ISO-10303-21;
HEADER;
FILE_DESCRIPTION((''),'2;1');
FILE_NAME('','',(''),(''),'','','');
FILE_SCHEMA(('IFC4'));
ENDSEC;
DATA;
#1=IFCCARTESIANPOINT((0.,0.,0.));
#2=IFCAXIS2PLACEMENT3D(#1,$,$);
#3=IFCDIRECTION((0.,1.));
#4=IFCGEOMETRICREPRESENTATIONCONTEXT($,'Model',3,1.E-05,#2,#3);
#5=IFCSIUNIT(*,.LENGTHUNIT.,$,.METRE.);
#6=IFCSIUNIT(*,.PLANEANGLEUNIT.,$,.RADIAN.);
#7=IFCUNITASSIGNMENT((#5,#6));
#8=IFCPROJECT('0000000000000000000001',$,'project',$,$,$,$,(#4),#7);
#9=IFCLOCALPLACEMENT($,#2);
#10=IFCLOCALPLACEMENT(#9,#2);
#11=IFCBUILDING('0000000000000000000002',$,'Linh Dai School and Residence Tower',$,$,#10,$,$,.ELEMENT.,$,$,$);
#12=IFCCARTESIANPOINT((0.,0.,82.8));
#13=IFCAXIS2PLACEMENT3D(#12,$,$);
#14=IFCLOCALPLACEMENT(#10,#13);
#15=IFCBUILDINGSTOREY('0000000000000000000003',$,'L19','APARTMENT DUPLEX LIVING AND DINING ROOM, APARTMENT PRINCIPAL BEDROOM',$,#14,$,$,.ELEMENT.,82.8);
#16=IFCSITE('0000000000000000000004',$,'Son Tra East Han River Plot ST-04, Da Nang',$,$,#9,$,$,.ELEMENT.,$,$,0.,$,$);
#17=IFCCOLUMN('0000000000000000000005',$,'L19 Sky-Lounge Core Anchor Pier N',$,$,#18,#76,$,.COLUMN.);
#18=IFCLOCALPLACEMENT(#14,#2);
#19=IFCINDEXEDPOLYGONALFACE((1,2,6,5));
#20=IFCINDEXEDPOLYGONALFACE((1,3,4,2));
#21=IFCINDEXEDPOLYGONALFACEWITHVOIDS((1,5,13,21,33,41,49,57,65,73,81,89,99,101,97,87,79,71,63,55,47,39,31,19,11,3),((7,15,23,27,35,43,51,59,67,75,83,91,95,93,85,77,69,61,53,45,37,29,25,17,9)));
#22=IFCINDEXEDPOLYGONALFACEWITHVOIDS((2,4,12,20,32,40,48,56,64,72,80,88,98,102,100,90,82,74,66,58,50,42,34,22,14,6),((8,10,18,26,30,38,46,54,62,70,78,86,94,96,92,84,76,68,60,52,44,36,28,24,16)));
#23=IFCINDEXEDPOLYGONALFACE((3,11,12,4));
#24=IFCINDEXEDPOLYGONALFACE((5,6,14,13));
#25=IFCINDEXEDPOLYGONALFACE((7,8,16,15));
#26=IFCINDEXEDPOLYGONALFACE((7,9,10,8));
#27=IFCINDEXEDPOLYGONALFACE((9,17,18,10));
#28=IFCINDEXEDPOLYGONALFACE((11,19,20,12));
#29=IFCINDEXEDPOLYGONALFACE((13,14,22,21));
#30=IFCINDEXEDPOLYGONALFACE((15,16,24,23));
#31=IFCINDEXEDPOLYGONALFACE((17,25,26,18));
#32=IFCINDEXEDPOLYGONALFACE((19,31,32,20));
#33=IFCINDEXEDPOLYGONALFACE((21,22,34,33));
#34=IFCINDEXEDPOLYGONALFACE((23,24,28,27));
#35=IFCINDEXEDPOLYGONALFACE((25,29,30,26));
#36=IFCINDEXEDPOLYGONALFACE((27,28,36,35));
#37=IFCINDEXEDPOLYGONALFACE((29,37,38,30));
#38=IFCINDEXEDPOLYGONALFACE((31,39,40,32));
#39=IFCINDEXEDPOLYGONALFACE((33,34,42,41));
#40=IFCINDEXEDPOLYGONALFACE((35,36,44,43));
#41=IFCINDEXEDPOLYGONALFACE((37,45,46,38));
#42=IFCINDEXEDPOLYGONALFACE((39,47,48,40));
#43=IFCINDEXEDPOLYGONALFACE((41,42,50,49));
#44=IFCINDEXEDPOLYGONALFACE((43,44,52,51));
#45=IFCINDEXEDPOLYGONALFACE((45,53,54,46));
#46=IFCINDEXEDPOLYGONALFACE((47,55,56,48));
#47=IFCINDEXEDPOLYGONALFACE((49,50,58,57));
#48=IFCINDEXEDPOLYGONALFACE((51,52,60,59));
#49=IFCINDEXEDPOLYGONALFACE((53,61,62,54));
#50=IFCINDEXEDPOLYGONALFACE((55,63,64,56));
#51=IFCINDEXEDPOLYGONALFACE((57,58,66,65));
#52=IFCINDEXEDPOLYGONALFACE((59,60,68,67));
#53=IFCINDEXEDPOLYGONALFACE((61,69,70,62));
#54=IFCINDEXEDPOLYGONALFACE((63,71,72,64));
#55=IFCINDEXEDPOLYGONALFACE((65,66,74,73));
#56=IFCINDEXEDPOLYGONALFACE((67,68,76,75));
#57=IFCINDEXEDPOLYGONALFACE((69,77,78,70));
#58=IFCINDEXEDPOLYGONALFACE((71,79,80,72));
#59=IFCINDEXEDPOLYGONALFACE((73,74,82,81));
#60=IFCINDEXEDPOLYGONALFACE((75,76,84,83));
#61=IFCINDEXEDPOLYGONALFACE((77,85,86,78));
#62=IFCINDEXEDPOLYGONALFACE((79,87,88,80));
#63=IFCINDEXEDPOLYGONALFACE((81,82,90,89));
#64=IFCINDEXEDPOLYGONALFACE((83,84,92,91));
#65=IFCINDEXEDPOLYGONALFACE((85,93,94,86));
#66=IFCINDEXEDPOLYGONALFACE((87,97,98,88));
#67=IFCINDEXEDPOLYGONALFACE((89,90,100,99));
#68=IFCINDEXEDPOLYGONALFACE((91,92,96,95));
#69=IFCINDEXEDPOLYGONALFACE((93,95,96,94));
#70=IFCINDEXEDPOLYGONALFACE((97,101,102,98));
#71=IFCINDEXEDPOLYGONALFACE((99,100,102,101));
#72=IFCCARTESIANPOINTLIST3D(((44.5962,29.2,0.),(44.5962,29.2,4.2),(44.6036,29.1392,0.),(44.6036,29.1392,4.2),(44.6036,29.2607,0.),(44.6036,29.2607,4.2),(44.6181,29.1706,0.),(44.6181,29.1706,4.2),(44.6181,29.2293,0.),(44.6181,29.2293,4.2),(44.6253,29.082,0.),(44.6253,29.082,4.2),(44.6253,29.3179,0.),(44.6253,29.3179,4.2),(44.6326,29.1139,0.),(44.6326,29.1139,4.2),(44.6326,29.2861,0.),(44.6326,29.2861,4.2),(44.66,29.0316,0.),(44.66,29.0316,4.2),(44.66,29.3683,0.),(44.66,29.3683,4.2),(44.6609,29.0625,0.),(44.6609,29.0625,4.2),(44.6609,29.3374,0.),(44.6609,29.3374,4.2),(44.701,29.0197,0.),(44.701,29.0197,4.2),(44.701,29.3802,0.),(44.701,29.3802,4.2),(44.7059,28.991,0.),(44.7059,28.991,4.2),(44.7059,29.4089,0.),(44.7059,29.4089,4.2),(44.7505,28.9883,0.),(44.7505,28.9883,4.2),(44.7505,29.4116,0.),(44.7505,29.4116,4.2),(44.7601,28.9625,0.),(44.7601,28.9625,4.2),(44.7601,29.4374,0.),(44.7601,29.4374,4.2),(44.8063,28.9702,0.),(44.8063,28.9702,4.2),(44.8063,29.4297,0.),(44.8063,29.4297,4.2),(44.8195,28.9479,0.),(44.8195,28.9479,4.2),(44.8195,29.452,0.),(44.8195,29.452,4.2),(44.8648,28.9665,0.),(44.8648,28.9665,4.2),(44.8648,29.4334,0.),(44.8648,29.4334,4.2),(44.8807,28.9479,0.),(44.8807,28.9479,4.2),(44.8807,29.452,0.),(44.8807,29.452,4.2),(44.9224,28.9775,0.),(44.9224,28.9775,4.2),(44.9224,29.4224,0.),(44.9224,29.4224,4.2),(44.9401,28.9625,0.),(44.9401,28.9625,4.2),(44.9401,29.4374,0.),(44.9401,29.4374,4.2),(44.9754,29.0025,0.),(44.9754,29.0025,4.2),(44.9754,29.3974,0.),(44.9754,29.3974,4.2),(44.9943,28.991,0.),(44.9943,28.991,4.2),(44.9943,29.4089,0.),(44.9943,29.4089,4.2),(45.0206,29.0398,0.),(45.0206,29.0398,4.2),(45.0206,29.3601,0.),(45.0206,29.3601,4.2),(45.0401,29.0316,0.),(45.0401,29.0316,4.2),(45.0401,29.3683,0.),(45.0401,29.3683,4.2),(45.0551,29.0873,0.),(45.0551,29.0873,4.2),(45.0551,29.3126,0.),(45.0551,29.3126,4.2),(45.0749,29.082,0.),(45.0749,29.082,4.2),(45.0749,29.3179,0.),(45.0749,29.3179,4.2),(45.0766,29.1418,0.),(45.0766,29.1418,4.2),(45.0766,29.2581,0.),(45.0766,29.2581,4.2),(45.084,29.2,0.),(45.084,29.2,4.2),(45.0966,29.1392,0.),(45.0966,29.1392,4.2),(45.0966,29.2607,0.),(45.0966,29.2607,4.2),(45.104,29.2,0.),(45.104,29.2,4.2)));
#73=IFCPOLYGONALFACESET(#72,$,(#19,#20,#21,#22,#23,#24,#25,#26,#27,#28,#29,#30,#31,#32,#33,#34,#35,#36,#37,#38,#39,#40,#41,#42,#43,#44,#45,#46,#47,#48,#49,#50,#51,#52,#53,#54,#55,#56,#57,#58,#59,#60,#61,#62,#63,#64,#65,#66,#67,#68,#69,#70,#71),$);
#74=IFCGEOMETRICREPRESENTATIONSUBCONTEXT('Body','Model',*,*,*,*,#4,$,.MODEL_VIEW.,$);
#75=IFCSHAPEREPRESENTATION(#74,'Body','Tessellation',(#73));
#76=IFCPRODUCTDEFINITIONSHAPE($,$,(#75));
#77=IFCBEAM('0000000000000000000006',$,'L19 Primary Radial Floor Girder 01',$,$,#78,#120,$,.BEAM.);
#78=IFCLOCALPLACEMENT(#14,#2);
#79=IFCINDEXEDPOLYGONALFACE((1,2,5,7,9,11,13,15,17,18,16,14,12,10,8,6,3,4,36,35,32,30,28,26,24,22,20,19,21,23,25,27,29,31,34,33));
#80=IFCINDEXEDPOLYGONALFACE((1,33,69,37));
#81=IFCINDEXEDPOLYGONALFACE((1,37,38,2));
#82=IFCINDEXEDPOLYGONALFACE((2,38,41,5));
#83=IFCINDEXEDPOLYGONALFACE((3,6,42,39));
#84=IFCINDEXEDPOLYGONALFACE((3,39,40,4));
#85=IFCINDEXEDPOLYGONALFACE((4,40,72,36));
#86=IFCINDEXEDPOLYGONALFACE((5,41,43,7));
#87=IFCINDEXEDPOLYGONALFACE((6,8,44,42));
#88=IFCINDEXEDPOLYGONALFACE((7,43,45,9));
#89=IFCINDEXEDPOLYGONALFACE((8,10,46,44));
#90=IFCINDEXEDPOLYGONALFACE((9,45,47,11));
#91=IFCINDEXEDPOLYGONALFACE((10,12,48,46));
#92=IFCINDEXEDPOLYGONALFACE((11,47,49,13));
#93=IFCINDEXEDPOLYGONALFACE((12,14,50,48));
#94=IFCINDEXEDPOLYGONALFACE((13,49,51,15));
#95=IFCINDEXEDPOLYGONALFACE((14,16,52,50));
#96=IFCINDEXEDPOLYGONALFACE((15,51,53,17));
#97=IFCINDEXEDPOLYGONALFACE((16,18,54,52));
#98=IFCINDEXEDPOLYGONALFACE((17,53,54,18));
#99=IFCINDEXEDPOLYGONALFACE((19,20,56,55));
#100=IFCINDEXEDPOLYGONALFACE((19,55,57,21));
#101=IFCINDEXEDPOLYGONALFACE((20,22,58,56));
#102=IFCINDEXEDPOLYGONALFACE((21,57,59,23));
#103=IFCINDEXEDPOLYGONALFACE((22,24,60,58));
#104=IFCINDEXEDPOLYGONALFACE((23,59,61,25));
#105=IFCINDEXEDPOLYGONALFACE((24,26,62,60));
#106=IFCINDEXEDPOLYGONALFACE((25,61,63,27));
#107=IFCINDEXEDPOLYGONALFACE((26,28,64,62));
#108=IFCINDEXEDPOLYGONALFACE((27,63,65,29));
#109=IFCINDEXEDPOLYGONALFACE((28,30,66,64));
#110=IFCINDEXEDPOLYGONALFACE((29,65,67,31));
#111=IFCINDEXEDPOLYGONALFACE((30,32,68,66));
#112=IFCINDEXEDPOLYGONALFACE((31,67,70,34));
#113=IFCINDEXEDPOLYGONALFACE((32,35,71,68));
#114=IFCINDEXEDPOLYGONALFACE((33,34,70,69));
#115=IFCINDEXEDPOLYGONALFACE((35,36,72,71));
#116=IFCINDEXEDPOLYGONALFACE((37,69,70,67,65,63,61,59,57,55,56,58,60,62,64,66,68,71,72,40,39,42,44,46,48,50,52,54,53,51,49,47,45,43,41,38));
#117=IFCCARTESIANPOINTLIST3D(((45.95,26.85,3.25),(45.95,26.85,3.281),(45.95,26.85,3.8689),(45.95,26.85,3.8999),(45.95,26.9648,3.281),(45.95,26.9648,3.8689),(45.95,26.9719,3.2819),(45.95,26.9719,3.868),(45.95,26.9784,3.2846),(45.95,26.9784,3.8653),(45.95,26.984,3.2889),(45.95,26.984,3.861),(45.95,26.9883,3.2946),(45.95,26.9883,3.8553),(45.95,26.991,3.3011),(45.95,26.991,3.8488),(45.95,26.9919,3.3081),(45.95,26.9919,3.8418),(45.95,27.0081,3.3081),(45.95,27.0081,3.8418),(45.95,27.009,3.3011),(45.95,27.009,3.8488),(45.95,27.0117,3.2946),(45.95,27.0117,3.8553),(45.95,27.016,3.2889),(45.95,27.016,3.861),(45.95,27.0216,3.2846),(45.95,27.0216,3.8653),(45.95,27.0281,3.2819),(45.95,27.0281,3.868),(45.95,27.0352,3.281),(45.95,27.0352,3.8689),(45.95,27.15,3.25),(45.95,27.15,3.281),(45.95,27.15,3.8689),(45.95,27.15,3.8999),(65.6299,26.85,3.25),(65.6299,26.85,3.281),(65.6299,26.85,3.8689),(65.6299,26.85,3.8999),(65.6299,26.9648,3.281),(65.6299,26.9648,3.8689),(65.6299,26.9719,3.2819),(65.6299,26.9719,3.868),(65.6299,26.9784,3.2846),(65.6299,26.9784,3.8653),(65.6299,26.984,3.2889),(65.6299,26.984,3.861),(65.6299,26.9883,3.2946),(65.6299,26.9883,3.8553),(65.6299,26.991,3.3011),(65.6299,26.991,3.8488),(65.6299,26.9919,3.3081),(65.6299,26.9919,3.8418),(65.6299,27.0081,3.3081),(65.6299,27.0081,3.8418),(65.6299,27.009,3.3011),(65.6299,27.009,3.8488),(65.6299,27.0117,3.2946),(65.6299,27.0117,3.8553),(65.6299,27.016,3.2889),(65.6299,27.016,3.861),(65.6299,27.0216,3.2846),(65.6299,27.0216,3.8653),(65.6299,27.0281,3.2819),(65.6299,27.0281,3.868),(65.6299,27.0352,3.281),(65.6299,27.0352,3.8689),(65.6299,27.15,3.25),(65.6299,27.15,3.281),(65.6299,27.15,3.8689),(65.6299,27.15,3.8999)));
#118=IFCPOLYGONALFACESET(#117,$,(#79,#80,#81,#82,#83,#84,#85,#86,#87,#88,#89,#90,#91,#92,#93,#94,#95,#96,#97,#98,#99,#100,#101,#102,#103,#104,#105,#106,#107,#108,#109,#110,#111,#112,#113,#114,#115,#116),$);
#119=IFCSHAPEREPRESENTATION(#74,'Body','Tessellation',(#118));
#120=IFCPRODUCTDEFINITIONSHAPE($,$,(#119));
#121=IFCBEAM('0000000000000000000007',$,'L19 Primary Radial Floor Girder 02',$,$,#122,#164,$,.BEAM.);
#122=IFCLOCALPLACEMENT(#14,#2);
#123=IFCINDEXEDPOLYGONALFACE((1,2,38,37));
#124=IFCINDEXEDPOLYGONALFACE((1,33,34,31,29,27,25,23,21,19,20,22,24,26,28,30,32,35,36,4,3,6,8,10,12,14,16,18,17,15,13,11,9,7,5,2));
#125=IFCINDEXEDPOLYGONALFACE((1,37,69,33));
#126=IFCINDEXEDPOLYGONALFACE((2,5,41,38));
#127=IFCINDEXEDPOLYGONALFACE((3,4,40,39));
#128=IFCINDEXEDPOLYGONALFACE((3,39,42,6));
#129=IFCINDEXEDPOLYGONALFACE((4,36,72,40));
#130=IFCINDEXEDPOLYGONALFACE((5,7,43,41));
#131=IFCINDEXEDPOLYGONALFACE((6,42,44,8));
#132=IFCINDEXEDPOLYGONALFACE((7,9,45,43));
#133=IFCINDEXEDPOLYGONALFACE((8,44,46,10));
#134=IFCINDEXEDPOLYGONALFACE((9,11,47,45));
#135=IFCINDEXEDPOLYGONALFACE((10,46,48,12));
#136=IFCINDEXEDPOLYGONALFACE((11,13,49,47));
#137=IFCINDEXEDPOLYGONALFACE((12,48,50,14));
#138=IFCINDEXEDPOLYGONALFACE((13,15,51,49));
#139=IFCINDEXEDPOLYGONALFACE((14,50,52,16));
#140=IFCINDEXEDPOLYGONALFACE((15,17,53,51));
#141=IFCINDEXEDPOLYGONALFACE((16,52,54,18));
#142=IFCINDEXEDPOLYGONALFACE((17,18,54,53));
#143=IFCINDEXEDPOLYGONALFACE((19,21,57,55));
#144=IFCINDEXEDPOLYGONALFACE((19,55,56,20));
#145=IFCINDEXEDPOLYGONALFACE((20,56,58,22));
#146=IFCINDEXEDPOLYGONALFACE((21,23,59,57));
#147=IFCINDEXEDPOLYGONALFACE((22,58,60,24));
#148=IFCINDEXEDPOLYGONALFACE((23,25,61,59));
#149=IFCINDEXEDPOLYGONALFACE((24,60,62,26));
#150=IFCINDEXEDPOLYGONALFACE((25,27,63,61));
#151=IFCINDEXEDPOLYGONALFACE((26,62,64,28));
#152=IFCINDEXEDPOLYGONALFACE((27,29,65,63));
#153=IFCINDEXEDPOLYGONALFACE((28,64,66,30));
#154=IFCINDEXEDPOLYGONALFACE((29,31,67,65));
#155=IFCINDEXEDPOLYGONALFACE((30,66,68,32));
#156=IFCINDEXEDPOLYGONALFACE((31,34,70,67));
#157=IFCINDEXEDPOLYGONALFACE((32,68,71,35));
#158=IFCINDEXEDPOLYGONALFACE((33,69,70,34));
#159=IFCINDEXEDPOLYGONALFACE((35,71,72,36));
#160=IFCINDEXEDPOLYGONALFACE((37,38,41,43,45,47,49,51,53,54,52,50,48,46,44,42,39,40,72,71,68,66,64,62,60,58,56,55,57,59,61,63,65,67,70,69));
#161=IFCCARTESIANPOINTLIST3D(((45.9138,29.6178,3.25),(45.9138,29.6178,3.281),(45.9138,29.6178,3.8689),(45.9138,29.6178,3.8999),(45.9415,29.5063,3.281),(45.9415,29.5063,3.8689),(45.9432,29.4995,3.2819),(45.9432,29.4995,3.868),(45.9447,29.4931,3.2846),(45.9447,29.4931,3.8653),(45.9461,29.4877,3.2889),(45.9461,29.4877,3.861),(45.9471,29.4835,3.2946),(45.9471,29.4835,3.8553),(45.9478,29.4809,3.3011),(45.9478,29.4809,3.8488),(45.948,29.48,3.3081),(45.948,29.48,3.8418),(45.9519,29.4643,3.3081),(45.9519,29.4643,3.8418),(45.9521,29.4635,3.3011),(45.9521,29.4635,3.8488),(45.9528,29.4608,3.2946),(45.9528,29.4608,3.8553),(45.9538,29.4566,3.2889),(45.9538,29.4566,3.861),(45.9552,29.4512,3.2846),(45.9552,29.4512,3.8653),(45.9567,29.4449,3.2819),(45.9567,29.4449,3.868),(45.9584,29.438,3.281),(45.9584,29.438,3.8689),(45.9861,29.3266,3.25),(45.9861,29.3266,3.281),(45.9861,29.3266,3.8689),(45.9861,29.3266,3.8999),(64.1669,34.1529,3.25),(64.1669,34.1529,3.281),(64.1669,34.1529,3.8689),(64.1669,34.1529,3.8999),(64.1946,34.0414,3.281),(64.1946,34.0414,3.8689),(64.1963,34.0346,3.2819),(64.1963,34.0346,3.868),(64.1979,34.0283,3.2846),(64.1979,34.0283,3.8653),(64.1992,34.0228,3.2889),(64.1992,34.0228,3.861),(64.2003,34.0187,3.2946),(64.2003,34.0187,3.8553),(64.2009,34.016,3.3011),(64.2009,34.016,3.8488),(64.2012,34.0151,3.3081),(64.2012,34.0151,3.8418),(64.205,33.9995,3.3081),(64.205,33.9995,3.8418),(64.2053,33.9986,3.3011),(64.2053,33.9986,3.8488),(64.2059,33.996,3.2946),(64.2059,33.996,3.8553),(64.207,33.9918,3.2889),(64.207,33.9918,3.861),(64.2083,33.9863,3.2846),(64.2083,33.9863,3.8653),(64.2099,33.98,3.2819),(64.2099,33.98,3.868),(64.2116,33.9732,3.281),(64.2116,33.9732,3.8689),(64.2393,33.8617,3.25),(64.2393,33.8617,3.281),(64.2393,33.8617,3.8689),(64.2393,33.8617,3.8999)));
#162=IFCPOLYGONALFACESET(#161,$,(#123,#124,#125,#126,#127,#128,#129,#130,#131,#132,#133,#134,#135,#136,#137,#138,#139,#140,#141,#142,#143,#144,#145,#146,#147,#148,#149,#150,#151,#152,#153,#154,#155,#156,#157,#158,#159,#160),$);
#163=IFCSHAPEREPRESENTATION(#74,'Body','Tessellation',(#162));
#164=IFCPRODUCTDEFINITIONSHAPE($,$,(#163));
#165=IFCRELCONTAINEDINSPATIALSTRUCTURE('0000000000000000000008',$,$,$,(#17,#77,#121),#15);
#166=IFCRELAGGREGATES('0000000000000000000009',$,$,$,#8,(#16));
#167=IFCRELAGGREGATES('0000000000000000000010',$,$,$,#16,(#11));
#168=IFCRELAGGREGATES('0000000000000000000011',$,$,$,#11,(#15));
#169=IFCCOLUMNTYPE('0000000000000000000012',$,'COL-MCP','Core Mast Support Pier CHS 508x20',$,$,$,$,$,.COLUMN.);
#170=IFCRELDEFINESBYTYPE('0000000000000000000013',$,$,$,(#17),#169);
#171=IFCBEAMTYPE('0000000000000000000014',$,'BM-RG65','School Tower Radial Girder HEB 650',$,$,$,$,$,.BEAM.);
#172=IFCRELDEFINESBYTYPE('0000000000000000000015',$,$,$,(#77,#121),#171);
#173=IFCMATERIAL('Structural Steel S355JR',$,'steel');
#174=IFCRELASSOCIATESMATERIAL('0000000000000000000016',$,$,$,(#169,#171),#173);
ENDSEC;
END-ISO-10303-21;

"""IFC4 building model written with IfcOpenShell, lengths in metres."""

from ifc_helpers import new_model, si_unit, direction, frame, origin, origin_2d, place, context, subcontext, project, spatial, hollow_circle, i_section, extrude, material, material_profile, profile_set, type_object, element, save


model = new_model("IFC4")

# Units and contexts
model_context = context("Model", 3, precision=1e-05, world=origin(), true_north=direction((0.0, 1.0)))
body_context = subcontext(model_context, "Body", "Model", "MODEL_VIEW")
ifc_project = project(units=[si_unit("LENGTHUNIT", "METRE"), si_unit("PLANEANGLEUNIT", "RADIAN")], contexts=[model_context])

# Site, building, storey
site_placement = place(None, origin())
site = spatial("IfcSite", under=ifc_project, at=site_placement, Name="Son Tra East Han River Plot ST-04, Da Nang", CompositionType="ELEMENT", RefElevation=0.0)
building_placement = place(site_placement, origin())
building = spatial("IfcBuilding", under=site, at=building_placement, Name="Linh Dai School and Residence Tower", CompositionType="ELEMENT")
storey_placement = place(building_placement, frame((0.0, 0.0, 82.8)))
storey = spatial("IfcBuildingStorey", under=building, at=storey_placement, Name="L19", Description="APARTMENT DUPLEX LIVING AND DINING ROOM, APARTMENT PRINCIPAL BEDROOM", CompositionType="ELEMENT", Elevation=82.8)

# Column
ifc_material_1 = material(Name="Structural Steel S355JR", Category="steel")
ifc_material_profile_1 = material_profile(ifc_material_1, hollow_circle(Radius=0.2539, WallThickness=0.02, at=origin_2d()), Name="CHS 508x20")
ifc_profile_set_1 = profile_set([ifc_material_profile_1], Name="Structural Steel S355JR")
column_type_1 = type_object("IfcColumnType", Name="COL-MCP", Description="Core Mast Support Pier CHS 508x20", PredefinedType="COLUMN", material=ifc_profile_set_1)
column_placement = place(storey_placement, frame((44.8501, 29.2, 0.0), z_axis=(0.0, 0.0, 1.0), x_axis=(1.0, 0.0, 0.0)))
element("IfcColumn", 1, at=column_placement, inside=storey, type_object=column_type_1, Name="L19 Sky-Lounge Core Anchor Pier N", PredefinedType="COLUMN", context=body_context, shape_type="SweptSolid", body=[
    extrude(hollow_circle(Radius=0.2539, WallThickness=0.02, at=origin_2d()), origin(), (0.0, 0.0, 1.0), 4.2),
])

# Beams
ifc_material_profile_2 = material_profile(ifc_material_1, i_section(OverallWidth=0.3, OverallDepth=0.6499, WebThickness=0.0161, FlangeThickness=0.031, FilletRadius=0.0271, at=origin_2d()), Name="HEB 650")
ifc_profile_set_2 = profile_set([ifc_material_profile_2], Name="Structural Steel S355JR")
beam_type_1 = type_object("IfcBeamType", Name="BM-RG65", Description="School Tower Radial Girder HEB 650", PredefinedType="BEAM", material=ifc_profile_set_2)
beam_1_placement = place(storey_placement, frame((45.95, 27.0, 3.575), z_axis=(1.0, 0.0, 0.0), x_axis=(0.0, 1.0, 0.0)))
element("IfcBeam", 2, at=beam_1_placement, inside=storey, type_object=beam_type_1, Name="L19 Primary Radial Floor Girder 01", PredefinedType="BEAM", context=body_context, shape_type="SweptSolid", body=[
    extrude(i_section(OverallWidth=0.3, OverallDepth=0.6499, WebThickness=0.0161, FlangeThickness=0.031, FilletRadius=0.0271, at=origin_2d()), origin(), (0.0, 0.0, 1.0), 19.6799),
])
beam_2_placement = place(storey_placement, frame((45.95, 29.4722, 3.575), z_axis=(0.970493, 0.241127, 0.0), x_axis=(-0.241127, 0.970493, 0.0)))
element("IfcBeam", 3, at=beam_2_placement, inside=storey, type_object=beam_type_1, Name="L19 Primary Radial Floor Girder 02", PredefinedType="BEAM", context=body_context, shape_type="SweptSolid", body=[
    extrude(i_section(OverallWidth=0.3, OverallDepth=0.6499, WebThickness=0.0161, FlangeThickness=0.031, FilletRadius=0.0271, at=origin_2d()), origin(), (0.0, 0.0, 1.0), 18.8081),
])

save(model, "model.ifc")
